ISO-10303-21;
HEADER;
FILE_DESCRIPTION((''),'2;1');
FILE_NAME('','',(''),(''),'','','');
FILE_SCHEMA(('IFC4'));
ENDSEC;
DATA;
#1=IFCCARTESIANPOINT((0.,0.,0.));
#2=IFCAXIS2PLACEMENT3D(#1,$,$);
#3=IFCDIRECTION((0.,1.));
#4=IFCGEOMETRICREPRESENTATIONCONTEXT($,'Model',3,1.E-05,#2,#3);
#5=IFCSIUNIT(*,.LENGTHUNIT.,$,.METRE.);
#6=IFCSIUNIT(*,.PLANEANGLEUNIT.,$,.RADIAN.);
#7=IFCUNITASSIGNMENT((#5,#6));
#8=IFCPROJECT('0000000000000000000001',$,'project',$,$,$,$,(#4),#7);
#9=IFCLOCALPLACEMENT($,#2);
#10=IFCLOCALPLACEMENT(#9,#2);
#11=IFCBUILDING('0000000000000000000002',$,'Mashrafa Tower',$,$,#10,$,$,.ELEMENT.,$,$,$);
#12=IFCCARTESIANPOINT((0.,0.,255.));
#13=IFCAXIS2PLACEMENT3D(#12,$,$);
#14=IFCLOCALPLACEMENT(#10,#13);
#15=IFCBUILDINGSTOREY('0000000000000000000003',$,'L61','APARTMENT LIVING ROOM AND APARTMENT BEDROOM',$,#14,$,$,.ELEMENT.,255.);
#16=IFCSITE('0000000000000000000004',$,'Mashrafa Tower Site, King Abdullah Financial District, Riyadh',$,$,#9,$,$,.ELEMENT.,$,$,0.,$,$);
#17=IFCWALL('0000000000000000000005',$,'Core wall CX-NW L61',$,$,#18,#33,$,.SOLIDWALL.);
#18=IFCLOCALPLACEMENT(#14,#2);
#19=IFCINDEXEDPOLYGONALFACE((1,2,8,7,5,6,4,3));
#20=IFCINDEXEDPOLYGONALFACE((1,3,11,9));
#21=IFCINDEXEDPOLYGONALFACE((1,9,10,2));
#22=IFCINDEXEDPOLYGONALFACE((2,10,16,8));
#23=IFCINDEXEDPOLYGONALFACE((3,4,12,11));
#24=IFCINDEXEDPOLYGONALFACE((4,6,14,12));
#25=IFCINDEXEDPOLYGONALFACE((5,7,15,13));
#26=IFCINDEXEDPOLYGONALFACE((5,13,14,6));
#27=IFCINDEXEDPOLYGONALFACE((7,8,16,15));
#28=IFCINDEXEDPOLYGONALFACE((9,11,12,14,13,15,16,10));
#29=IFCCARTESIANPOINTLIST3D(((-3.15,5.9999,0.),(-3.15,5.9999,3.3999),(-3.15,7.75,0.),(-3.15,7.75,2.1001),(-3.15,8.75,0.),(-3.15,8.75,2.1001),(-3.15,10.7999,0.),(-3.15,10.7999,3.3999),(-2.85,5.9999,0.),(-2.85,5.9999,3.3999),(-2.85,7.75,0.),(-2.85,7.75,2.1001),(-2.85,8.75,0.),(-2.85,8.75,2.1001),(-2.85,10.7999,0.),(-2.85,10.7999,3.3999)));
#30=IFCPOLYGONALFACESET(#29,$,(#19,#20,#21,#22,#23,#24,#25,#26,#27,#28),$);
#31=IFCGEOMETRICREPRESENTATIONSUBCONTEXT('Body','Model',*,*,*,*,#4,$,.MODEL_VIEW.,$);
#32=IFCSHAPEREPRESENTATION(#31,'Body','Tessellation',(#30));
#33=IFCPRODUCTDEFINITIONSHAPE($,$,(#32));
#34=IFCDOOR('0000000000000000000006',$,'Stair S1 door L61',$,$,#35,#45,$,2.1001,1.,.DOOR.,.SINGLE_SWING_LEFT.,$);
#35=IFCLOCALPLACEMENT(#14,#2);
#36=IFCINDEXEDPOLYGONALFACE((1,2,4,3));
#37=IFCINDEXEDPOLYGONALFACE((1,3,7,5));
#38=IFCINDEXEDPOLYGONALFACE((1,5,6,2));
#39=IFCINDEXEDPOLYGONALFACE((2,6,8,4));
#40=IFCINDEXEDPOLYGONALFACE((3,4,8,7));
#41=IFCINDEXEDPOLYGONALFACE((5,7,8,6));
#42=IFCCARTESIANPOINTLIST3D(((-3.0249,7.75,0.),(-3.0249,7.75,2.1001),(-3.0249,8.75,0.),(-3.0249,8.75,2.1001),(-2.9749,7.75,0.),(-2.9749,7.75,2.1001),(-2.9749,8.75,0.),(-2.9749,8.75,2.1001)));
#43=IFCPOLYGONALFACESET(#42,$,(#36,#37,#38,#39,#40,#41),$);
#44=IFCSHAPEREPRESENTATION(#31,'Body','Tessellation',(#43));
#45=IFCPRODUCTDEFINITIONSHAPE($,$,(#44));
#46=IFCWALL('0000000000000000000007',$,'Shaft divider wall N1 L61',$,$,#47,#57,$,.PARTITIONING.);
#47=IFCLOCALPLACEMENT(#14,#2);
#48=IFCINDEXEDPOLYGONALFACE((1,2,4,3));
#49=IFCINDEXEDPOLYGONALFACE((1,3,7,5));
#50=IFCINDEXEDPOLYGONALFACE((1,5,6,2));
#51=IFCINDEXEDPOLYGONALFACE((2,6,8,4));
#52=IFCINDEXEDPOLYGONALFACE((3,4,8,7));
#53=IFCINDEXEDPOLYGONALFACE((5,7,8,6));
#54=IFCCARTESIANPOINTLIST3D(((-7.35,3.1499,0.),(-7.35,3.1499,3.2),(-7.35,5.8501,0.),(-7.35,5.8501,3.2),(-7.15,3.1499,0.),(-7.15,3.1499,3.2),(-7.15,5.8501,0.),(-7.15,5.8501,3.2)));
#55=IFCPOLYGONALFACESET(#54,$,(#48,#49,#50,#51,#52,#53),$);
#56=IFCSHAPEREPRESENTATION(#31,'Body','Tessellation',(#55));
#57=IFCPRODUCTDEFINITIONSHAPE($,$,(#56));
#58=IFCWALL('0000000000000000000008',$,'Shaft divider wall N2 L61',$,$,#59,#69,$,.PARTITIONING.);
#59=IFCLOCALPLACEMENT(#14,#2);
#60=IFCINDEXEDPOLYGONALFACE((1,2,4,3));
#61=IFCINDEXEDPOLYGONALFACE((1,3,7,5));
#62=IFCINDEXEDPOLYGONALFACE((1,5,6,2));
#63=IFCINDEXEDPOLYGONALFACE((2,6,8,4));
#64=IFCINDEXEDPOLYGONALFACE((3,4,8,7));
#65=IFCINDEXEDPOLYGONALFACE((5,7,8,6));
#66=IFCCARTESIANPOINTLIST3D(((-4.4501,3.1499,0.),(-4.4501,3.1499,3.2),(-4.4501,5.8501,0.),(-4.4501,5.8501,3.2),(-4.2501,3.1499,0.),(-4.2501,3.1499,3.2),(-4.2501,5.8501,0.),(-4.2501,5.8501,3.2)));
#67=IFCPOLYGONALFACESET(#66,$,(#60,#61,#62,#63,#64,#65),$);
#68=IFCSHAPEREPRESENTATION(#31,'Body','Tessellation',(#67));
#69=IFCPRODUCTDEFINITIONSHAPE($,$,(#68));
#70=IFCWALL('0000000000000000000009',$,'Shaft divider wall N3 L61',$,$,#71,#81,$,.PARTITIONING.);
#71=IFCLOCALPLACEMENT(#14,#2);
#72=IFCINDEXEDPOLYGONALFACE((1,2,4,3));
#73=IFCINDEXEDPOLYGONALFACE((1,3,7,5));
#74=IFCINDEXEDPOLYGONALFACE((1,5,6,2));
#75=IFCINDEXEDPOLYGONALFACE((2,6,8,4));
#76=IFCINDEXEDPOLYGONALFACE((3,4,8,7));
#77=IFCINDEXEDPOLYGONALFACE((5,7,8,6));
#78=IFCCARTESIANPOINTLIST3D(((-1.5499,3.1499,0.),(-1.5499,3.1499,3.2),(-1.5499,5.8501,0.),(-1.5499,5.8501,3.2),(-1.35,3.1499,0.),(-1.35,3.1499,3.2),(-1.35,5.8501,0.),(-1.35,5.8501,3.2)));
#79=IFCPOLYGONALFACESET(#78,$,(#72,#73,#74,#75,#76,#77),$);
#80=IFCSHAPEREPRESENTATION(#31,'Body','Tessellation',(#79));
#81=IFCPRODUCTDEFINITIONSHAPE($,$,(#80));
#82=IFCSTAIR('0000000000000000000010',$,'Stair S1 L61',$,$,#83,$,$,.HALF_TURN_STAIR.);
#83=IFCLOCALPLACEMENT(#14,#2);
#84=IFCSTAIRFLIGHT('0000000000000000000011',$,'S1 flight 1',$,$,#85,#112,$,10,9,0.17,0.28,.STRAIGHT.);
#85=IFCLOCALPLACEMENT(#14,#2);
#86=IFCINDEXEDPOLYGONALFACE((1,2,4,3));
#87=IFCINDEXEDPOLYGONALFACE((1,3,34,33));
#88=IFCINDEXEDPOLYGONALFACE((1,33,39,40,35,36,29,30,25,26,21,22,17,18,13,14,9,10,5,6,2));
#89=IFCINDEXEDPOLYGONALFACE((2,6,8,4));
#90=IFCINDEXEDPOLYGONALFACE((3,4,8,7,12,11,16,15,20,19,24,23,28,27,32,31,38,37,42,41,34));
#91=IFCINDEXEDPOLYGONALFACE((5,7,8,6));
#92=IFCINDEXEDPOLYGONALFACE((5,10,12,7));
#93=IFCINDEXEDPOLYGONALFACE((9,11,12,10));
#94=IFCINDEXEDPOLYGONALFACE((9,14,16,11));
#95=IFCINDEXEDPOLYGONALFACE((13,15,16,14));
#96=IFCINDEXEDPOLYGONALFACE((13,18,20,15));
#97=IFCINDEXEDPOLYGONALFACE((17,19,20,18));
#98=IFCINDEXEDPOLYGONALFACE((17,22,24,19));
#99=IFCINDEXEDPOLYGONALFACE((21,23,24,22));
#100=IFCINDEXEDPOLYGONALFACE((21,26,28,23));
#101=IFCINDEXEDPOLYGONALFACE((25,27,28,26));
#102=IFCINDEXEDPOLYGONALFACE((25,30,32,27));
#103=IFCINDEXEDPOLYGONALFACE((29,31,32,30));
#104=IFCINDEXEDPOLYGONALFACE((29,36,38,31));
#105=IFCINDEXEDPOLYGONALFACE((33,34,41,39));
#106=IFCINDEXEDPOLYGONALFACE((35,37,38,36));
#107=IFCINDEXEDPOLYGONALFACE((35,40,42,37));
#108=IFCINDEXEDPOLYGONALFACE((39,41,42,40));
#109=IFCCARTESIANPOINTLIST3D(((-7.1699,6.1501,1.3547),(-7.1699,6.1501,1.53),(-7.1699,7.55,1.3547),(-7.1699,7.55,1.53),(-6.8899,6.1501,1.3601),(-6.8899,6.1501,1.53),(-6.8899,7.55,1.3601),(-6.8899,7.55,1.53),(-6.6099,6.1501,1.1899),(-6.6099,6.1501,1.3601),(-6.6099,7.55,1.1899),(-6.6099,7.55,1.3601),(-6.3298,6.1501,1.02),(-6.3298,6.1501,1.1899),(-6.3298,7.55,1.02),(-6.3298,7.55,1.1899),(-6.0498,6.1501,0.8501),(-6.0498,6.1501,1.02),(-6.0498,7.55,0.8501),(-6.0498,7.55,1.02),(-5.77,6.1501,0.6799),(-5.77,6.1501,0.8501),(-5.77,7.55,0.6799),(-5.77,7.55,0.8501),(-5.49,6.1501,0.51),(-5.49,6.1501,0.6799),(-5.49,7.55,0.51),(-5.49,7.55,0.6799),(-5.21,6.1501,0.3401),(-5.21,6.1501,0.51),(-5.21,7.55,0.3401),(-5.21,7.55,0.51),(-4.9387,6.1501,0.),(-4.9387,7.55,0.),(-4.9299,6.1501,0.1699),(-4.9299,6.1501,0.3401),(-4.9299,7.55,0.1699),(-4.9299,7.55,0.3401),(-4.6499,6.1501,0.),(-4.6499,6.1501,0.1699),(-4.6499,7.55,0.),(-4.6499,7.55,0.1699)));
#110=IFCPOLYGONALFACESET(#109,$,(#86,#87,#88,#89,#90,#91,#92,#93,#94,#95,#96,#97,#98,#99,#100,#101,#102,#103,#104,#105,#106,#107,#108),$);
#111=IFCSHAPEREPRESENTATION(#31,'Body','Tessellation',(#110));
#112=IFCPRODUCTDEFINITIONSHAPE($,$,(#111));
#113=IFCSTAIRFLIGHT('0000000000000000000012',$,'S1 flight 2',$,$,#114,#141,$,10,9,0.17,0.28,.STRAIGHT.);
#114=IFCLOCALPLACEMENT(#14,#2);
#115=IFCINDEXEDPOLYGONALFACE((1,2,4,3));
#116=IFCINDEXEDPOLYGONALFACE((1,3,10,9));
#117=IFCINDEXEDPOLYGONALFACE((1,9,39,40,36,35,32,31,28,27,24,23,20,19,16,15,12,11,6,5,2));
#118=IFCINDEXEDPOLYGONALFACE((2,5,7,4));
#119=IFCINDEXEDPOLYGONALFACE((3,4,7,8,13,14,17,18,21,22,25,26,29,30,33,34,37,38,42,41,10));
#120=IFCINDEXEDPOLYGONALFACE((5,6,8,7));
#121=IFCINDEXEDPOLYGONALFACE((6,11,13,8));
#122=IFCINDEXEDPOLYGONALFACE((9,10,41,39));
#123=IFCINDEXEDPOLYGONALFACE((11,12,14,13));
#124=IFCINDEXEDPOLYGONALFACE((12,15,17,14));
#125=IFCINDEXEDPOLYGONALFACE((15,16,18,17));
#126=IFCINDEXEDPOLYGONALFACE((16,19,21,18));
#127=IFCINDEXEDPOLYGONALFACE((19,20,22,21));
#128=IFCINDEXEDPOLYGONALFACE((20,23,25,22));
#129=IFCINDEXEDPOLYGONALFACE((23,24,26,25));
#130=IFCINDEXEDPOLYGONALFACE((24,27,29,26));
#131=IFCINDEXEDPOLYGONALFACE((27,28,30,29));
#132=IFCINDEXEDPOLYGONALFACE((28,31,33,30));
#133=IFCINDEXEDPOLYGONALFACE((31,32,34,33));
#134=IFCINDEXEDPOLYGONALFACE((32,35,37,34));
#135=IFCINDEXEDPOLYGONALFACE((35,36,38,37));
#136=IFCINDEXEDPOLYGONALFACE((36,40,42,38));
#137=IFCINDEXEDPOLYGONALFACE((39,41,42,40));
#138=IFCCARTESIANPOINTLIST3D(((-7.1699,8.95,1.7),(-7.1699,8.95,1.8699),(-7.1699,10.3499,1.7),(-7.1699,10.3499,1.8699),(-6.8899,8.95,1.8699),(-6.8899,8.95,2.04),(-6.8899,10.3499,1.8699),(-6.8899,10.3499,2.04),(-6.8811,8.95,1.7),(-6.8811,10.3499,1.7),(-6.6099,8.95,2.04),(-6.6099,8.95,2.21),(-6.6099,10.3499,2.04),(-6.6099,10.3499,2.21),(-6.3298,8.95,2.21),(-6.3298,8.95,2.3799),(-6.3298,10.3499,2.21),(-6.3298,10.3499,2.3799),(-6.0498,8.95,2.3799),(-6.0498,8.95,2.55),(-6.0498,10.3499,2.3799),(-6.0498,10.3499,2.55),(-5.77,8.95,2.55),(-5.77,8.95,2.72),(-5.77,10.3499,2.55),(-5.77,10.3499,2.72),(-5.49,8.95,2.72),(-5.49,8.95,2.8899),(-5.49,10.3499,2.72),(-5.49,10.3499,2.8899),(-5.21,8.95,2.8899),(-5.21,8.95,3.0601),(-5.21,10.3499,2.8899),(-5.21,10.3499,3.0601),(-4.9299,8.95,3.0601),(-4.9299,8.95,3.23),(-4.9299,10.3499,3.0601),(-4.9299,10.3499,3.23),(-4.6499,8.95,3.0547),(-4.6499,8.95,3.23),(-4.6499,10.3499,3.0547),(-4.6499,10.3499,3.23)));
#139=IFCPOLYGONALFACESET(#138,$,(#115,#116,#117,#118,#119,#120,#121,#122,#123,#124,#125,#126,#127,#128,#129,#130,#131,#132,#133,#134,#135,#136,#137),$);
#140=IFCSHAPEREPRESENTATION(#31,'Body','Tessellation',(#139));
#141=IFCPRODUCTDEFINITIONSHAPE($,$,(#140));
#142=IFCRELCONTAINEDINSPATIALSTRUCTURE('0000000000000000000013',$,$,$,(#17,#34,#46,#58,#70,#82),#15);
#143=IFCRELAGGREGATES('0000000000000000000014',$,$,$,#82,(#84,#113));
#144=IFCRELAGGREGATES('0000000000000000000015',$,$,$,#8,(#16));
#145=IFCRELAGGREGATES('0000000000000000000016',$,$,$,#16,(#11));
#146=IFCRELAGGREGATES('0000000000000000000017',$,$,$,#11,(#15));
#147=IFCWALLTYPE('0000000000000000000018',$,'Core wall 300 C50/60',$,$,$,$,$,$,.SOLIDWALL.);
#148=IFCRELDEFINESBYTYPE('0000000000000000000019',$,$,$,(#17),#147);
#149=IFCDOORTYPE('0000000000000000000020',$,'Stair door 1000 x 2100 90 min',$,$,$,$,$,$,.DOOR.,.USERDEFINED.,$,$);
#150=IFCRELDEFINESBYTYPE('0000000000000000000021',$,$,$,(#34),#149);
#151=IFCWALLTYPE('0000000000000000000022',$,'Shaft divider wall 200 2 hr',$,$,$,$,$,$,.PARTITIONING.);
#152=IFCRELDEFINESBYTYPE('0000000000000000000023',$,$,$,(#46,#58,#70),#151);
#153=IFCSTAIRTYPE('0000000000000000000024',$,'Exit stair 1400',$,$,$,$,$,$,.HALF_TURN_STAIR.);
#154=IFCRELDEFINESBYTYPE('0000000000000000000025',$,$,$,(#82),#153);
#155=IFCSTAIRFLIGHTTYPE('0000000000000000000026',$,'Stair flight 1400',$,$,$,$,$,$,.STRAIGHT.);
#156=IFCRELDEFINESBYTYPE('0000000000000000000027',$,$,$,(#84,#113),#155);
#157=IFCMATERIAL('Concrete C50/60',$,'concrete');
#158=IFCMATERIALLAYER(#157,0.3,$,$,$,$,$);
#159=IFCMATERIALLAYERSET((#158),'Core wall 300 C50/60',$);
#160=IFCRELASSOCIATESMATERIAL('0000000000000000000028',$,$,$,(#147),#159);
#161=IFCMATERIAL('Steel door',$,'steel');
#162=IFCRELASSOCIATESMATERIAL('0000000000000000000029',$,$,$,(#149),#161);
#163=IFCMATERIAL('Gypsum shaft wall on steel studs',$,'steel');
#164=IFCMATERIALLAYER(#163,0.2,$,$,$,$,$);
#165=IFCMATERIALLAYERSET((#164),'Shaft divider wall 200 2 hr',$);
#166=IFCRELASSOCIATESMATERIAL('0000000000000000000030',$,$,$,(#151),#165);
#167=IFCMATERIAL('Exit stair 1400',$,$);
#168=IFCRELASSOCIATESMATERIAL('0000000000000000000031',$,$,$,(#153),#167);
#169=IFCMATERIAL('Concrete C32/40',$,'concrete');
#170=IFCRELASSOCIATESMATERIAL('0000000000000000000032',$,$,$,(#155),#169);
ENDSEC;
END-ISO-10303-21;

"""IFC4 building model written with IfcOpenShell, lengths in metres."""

from ifc_helpers import new_model, si_unit, direction, frame, frame_2d, origin, place, context, subcontext, project, spatial, polyline, rectangle, outline, extrude, material, layer, layer_set, type_object, element, fill, aggregate, save


model = new_model("IFC4")

# Units and contexts
model_context = context("Model", 3, precision=1e-05, world=origin(), true_north=direction((0.0, 1.0)))
body_context = subcontext(model_context, "Body", "Model", "MODEL_VIEW")
ifc_project = project(units=[si_unit("LENGTHUNIT", "METRE"), si_unit("PLANEANGLEUNIT", "RADIAN")], contexts=[model_context])

# Site, building, storey
site_placement = place(None, origin())
site = spatial("IfcSite", under=ifc_project, at=site_placement, Name="Mashrafa Tower Site, King Abdullah Financial District, Riyadh", CompositionType="ELEMENT", RefElevation=0.0)
building_placement = place(site_placement, origin())
building = spatial("IfcBuilding", under=site, at=building_placement, Name="Mashrafa Tower", CompositionType="ELEMENT")
storey_placement = place(building_placement, frame((0.0, 0.0, 255.0)))
storey = spatial("IfcBuildingStorey", under=building, at=storey_placement, Name="L61", Description="APARTMENT LIVING ROOM AND APARTMENT BEDROOM", CompositionType="ELEMENT", Elevation=255.0)

# Shared definitions
ifc_material_1 = material(Name="Concrete C50/60", Category="concrete")
ifc_layer_1 = layer(ifc_material_1, 0.3)
ifc_layer_set_1 = layer_set([ifc_layer_1], Name="Core wall 300 C50/60")
wall_type_1 = type_object("IfcWallType", Name="Core wall 300 C50/60", PredefinedType="SOLIDWALL", material=ifc_layer_set_1)

# Wall, opening, door
wall_1_placement = place(storey_placement, frame((-3.0, 6.0, 0.0), z_axis=(0.0, 0.0, 1.0), x_axis=(0.0, 1.0, 0.0)))
wall_1 = element("IfcWall", 1, at=wall_1_placement, inside=storey, type_object=wall_type_1, Name="Core wall CX-NW L61", PredefinedType="SOLIDWALL", context=body_context, shape_type="SweptSolid", body=[
    extrude(rectangle(XDim=4.8, YDim=0.3, at=frame_2d((2.3999, 0.0))), origin(), (0.0, 0.0, 1.0), 3.3999),
])
opening_1_placement = place(wall_1_placement, frame((1.75, 0.0, 0.0)))
opening_1 = element("IfcOpeningElement", 2, at=opening_1_placement, cuts=wall_1, PredefinedType="OPENING", context=body_context, shape_type="SweptSolid", body=[
    extrude(rectangle(XDim=1.0, YDim=2.1001, at=frame_2d((0.5, 1.05))), frame((0.0, 0.1599, 0.0), z_axis=(0.0, -1.0, 0.0), x_axis=(1.0, 0.0, 0.0)), (0.0, 0.0, 1.0), 0.3201),
])
ifc_material_2 = material(Name="Steel door", Category="steel")
door_type_1 = type_object("IfcDoorType", Name="Stair door 1000 x 2100 90 min", OperationType="USERDEFINED", PredefinedType="DOOR", material=ifc_material_2)
door_1_placement = place(opening_1_placement, origin())
door_1 = element("IfcDoor", 3, at=door_1_placement, inside=storey, type_object=door_type_1, Name="Stair S1 door L61", OperationType="SINGLE_SWING_LEFT", OverallHeight=2.1001, OverallWidth=1.0, PredefinedType="DOOR", context=body_context, shape_type="SweptSolid", body=[
    extrude(rectangle(XDim=1.0, YDim=2.1001, at=frame_2d((0.5, 1.05))), frame((0.0, 0.0249, 0.0), z_axis=(0.0, -1.0, 0.0), x_axis=(1.0, 0.0, 0.0)), (0.0, 0.0, 1.0), 0.05),
])
fill(opening_1, door_1)

# Walls
ifc_material_3 = material(Name="Gypsum shaft wall on steel studs", Category="steel")
ifc_layer_2 = layer(ifc_material_3, 0.2)
ifc_layer_set_2 = layer_set([ifc_layer_2], Name="Shaft divider wall 200 2 hr")
wall_type_2 = type_object("IfcWallType", Name="Shaft divider wall 200 2 hr", PredefinedType="PARTITIONING", material=ifc_layer_set_2)
for number, where, z_axis, x_axis, name in (
    (4, (-7.25, 3.1499, 0.0), (0.0, 0.0, 1.0), (0.0, 1.0, 0.0), "Shaft divider wall N1 L61"),
    (5, (-4.3501, 3.1499, 0.0), (0.0, 0.0, 1.0), (0.0, 1.0, 0.0), "Shaft divider wall N2 L61"),
    (6, (-1.45, 3.1499, 0.0), (0.0, 0.0, 1.0), (0.0, 1.0, 0.0), "Shaft divider wall N3 L61"),
):
    element("IfcWall", number, at=place(storey_placement, frame(where, z_axis=z_axis, x_axis=x_axis)), inside=storey, type_object=wall_type_2, Name=name, PredefinedType="PARTITIONING", context=body_context, shape_type="SweptSolid", body=[
        extrude(rectangle(XDim=2.7002, YDim=0.2, at=frame_2d((1.3501, 0.0))), origin(), (0.0, 0.0, 1.0), 3.2),
    ])

# Stair, stair flights
ifc_material_4 = material(Name="Exit stair 1400")
stair_type = type_object("IfcStairType", Name="Exit stair 1400", PredefinedType="HALF_TURN_STAIR", material=ifc_material_4)
stair_placement = place(storey_placement, origin())
stair = element("IfcStair", 7, at=stair_placement, inside=storey, type_object=stair_type, Name="Stair S1 L61", PredefinedType="HALF_TURN_STAIR")
ifc_material_5 = material(Name="Concrete C32/40", Category="concrete")
stair_flight_type = type_object("IfcStairFlightType", Name="Stair flight 1400", PredefinedType="STRAIGHT", material=ifc_material_5)
stair_flight_1_placement = place(storey_placement, frame((-4.6499, 6.8501, 0.0), z_axis=(0.0, 0.0, 1.0), x_axis=(-1.0, 0.0, 0.0)))
stair_flight_1 = element("IfcStairFlight", 8, at=stair_flight_1_placement, type_object=stair_flight_type, Name="S1 flight 1", NumberOfRisers=10, NumberOfTreads=9, PredefinedType="STRAIGHT", RiserHeight=0.17, TreadLength=0.28, context=body_context, shape_type="SweptSolid", body=[
    extrude(outline(polyline([(0.0, 0.0), (0.0, 0.1699), (0.28, 0.1699), (0.28, 0.3401), (0.5601, 0.3401), (0.5601, 0.51), (0.8401, 0.51), (0.8401, 0.6799), (1.1201, 0.6799), (1.1201, 0.8501), (1.3999, 0.8501), (1.3999, 1.02), (1.6799, 1.02), (1.6799, 1.1899), (1.96, 1.1899), (1.96, 1.3601), (2.24, 1.3601), (2.24, 1.53), (2.52, 1.53), (2.52, 1.7), (2.52, 1.3547), (0.2888, 0.0), (0.0, 0.0)])), frame((0.0, 0.7, 0.0), z_axis=(0.0, -1.0, 0.0), x_axis=(1.0, 0.0, 0.0)), (0.0, 0.0, 1.0), 1.3999),
])
stair_flight_2_placement = place(storey_placement, frame((-7.1699, 9.6499, 1.7), z_axis=(0.0, 0.0, 1.0), x_axis=(1.0, 0.0, 0.0)))
stair_flight_2 = element("IfcStairFlight", 9, at=stair_flight_2_placement, type_object=stair_flight_type, Name="S1 flight 2", NumberOfRisers=10, NumberOfTreads=9, PredefinedType="STRAIGHT", RiserHeight=0.17, TreadLength=0.28, context=body_context, shape_type="SweptSolid", body=[
    extrude(outline(polyline([(0.0, 0.0), (0.0, 0.1699), (0.28, 0.1699), (0.28, 0.3401), (0.5601, 0.3401), (0.5601, 0.51), (0.8401, 0.51), (0.8401, 0.6799), (1.1201, 0.6799), (1.1201, 0.8501), (1.3999, 0.8501), (1.3999, 1.02), (1.6799, 1.02), (1.6799, 1.1899), (1.96, 1.1899), (1.96, 1.3601), (2.24, 1.3601), (2.24, 1.53), (2.52, 1.53), (2.52, 1.7), (2.52, 1.3547), (0.2888, 0.0), (0.0, 0.0)])), frame((0.0, 0.7, 0.0), z_axis=(0.0, -1.0, 0.0), x_axis=(1.0, 0.0, 0.0)), (0.0, 0.0, 1.0), 1.3999),
])
aggregate(stair, [stair_flight_1, stair_flight_2])

save(model, "model.ifc")
